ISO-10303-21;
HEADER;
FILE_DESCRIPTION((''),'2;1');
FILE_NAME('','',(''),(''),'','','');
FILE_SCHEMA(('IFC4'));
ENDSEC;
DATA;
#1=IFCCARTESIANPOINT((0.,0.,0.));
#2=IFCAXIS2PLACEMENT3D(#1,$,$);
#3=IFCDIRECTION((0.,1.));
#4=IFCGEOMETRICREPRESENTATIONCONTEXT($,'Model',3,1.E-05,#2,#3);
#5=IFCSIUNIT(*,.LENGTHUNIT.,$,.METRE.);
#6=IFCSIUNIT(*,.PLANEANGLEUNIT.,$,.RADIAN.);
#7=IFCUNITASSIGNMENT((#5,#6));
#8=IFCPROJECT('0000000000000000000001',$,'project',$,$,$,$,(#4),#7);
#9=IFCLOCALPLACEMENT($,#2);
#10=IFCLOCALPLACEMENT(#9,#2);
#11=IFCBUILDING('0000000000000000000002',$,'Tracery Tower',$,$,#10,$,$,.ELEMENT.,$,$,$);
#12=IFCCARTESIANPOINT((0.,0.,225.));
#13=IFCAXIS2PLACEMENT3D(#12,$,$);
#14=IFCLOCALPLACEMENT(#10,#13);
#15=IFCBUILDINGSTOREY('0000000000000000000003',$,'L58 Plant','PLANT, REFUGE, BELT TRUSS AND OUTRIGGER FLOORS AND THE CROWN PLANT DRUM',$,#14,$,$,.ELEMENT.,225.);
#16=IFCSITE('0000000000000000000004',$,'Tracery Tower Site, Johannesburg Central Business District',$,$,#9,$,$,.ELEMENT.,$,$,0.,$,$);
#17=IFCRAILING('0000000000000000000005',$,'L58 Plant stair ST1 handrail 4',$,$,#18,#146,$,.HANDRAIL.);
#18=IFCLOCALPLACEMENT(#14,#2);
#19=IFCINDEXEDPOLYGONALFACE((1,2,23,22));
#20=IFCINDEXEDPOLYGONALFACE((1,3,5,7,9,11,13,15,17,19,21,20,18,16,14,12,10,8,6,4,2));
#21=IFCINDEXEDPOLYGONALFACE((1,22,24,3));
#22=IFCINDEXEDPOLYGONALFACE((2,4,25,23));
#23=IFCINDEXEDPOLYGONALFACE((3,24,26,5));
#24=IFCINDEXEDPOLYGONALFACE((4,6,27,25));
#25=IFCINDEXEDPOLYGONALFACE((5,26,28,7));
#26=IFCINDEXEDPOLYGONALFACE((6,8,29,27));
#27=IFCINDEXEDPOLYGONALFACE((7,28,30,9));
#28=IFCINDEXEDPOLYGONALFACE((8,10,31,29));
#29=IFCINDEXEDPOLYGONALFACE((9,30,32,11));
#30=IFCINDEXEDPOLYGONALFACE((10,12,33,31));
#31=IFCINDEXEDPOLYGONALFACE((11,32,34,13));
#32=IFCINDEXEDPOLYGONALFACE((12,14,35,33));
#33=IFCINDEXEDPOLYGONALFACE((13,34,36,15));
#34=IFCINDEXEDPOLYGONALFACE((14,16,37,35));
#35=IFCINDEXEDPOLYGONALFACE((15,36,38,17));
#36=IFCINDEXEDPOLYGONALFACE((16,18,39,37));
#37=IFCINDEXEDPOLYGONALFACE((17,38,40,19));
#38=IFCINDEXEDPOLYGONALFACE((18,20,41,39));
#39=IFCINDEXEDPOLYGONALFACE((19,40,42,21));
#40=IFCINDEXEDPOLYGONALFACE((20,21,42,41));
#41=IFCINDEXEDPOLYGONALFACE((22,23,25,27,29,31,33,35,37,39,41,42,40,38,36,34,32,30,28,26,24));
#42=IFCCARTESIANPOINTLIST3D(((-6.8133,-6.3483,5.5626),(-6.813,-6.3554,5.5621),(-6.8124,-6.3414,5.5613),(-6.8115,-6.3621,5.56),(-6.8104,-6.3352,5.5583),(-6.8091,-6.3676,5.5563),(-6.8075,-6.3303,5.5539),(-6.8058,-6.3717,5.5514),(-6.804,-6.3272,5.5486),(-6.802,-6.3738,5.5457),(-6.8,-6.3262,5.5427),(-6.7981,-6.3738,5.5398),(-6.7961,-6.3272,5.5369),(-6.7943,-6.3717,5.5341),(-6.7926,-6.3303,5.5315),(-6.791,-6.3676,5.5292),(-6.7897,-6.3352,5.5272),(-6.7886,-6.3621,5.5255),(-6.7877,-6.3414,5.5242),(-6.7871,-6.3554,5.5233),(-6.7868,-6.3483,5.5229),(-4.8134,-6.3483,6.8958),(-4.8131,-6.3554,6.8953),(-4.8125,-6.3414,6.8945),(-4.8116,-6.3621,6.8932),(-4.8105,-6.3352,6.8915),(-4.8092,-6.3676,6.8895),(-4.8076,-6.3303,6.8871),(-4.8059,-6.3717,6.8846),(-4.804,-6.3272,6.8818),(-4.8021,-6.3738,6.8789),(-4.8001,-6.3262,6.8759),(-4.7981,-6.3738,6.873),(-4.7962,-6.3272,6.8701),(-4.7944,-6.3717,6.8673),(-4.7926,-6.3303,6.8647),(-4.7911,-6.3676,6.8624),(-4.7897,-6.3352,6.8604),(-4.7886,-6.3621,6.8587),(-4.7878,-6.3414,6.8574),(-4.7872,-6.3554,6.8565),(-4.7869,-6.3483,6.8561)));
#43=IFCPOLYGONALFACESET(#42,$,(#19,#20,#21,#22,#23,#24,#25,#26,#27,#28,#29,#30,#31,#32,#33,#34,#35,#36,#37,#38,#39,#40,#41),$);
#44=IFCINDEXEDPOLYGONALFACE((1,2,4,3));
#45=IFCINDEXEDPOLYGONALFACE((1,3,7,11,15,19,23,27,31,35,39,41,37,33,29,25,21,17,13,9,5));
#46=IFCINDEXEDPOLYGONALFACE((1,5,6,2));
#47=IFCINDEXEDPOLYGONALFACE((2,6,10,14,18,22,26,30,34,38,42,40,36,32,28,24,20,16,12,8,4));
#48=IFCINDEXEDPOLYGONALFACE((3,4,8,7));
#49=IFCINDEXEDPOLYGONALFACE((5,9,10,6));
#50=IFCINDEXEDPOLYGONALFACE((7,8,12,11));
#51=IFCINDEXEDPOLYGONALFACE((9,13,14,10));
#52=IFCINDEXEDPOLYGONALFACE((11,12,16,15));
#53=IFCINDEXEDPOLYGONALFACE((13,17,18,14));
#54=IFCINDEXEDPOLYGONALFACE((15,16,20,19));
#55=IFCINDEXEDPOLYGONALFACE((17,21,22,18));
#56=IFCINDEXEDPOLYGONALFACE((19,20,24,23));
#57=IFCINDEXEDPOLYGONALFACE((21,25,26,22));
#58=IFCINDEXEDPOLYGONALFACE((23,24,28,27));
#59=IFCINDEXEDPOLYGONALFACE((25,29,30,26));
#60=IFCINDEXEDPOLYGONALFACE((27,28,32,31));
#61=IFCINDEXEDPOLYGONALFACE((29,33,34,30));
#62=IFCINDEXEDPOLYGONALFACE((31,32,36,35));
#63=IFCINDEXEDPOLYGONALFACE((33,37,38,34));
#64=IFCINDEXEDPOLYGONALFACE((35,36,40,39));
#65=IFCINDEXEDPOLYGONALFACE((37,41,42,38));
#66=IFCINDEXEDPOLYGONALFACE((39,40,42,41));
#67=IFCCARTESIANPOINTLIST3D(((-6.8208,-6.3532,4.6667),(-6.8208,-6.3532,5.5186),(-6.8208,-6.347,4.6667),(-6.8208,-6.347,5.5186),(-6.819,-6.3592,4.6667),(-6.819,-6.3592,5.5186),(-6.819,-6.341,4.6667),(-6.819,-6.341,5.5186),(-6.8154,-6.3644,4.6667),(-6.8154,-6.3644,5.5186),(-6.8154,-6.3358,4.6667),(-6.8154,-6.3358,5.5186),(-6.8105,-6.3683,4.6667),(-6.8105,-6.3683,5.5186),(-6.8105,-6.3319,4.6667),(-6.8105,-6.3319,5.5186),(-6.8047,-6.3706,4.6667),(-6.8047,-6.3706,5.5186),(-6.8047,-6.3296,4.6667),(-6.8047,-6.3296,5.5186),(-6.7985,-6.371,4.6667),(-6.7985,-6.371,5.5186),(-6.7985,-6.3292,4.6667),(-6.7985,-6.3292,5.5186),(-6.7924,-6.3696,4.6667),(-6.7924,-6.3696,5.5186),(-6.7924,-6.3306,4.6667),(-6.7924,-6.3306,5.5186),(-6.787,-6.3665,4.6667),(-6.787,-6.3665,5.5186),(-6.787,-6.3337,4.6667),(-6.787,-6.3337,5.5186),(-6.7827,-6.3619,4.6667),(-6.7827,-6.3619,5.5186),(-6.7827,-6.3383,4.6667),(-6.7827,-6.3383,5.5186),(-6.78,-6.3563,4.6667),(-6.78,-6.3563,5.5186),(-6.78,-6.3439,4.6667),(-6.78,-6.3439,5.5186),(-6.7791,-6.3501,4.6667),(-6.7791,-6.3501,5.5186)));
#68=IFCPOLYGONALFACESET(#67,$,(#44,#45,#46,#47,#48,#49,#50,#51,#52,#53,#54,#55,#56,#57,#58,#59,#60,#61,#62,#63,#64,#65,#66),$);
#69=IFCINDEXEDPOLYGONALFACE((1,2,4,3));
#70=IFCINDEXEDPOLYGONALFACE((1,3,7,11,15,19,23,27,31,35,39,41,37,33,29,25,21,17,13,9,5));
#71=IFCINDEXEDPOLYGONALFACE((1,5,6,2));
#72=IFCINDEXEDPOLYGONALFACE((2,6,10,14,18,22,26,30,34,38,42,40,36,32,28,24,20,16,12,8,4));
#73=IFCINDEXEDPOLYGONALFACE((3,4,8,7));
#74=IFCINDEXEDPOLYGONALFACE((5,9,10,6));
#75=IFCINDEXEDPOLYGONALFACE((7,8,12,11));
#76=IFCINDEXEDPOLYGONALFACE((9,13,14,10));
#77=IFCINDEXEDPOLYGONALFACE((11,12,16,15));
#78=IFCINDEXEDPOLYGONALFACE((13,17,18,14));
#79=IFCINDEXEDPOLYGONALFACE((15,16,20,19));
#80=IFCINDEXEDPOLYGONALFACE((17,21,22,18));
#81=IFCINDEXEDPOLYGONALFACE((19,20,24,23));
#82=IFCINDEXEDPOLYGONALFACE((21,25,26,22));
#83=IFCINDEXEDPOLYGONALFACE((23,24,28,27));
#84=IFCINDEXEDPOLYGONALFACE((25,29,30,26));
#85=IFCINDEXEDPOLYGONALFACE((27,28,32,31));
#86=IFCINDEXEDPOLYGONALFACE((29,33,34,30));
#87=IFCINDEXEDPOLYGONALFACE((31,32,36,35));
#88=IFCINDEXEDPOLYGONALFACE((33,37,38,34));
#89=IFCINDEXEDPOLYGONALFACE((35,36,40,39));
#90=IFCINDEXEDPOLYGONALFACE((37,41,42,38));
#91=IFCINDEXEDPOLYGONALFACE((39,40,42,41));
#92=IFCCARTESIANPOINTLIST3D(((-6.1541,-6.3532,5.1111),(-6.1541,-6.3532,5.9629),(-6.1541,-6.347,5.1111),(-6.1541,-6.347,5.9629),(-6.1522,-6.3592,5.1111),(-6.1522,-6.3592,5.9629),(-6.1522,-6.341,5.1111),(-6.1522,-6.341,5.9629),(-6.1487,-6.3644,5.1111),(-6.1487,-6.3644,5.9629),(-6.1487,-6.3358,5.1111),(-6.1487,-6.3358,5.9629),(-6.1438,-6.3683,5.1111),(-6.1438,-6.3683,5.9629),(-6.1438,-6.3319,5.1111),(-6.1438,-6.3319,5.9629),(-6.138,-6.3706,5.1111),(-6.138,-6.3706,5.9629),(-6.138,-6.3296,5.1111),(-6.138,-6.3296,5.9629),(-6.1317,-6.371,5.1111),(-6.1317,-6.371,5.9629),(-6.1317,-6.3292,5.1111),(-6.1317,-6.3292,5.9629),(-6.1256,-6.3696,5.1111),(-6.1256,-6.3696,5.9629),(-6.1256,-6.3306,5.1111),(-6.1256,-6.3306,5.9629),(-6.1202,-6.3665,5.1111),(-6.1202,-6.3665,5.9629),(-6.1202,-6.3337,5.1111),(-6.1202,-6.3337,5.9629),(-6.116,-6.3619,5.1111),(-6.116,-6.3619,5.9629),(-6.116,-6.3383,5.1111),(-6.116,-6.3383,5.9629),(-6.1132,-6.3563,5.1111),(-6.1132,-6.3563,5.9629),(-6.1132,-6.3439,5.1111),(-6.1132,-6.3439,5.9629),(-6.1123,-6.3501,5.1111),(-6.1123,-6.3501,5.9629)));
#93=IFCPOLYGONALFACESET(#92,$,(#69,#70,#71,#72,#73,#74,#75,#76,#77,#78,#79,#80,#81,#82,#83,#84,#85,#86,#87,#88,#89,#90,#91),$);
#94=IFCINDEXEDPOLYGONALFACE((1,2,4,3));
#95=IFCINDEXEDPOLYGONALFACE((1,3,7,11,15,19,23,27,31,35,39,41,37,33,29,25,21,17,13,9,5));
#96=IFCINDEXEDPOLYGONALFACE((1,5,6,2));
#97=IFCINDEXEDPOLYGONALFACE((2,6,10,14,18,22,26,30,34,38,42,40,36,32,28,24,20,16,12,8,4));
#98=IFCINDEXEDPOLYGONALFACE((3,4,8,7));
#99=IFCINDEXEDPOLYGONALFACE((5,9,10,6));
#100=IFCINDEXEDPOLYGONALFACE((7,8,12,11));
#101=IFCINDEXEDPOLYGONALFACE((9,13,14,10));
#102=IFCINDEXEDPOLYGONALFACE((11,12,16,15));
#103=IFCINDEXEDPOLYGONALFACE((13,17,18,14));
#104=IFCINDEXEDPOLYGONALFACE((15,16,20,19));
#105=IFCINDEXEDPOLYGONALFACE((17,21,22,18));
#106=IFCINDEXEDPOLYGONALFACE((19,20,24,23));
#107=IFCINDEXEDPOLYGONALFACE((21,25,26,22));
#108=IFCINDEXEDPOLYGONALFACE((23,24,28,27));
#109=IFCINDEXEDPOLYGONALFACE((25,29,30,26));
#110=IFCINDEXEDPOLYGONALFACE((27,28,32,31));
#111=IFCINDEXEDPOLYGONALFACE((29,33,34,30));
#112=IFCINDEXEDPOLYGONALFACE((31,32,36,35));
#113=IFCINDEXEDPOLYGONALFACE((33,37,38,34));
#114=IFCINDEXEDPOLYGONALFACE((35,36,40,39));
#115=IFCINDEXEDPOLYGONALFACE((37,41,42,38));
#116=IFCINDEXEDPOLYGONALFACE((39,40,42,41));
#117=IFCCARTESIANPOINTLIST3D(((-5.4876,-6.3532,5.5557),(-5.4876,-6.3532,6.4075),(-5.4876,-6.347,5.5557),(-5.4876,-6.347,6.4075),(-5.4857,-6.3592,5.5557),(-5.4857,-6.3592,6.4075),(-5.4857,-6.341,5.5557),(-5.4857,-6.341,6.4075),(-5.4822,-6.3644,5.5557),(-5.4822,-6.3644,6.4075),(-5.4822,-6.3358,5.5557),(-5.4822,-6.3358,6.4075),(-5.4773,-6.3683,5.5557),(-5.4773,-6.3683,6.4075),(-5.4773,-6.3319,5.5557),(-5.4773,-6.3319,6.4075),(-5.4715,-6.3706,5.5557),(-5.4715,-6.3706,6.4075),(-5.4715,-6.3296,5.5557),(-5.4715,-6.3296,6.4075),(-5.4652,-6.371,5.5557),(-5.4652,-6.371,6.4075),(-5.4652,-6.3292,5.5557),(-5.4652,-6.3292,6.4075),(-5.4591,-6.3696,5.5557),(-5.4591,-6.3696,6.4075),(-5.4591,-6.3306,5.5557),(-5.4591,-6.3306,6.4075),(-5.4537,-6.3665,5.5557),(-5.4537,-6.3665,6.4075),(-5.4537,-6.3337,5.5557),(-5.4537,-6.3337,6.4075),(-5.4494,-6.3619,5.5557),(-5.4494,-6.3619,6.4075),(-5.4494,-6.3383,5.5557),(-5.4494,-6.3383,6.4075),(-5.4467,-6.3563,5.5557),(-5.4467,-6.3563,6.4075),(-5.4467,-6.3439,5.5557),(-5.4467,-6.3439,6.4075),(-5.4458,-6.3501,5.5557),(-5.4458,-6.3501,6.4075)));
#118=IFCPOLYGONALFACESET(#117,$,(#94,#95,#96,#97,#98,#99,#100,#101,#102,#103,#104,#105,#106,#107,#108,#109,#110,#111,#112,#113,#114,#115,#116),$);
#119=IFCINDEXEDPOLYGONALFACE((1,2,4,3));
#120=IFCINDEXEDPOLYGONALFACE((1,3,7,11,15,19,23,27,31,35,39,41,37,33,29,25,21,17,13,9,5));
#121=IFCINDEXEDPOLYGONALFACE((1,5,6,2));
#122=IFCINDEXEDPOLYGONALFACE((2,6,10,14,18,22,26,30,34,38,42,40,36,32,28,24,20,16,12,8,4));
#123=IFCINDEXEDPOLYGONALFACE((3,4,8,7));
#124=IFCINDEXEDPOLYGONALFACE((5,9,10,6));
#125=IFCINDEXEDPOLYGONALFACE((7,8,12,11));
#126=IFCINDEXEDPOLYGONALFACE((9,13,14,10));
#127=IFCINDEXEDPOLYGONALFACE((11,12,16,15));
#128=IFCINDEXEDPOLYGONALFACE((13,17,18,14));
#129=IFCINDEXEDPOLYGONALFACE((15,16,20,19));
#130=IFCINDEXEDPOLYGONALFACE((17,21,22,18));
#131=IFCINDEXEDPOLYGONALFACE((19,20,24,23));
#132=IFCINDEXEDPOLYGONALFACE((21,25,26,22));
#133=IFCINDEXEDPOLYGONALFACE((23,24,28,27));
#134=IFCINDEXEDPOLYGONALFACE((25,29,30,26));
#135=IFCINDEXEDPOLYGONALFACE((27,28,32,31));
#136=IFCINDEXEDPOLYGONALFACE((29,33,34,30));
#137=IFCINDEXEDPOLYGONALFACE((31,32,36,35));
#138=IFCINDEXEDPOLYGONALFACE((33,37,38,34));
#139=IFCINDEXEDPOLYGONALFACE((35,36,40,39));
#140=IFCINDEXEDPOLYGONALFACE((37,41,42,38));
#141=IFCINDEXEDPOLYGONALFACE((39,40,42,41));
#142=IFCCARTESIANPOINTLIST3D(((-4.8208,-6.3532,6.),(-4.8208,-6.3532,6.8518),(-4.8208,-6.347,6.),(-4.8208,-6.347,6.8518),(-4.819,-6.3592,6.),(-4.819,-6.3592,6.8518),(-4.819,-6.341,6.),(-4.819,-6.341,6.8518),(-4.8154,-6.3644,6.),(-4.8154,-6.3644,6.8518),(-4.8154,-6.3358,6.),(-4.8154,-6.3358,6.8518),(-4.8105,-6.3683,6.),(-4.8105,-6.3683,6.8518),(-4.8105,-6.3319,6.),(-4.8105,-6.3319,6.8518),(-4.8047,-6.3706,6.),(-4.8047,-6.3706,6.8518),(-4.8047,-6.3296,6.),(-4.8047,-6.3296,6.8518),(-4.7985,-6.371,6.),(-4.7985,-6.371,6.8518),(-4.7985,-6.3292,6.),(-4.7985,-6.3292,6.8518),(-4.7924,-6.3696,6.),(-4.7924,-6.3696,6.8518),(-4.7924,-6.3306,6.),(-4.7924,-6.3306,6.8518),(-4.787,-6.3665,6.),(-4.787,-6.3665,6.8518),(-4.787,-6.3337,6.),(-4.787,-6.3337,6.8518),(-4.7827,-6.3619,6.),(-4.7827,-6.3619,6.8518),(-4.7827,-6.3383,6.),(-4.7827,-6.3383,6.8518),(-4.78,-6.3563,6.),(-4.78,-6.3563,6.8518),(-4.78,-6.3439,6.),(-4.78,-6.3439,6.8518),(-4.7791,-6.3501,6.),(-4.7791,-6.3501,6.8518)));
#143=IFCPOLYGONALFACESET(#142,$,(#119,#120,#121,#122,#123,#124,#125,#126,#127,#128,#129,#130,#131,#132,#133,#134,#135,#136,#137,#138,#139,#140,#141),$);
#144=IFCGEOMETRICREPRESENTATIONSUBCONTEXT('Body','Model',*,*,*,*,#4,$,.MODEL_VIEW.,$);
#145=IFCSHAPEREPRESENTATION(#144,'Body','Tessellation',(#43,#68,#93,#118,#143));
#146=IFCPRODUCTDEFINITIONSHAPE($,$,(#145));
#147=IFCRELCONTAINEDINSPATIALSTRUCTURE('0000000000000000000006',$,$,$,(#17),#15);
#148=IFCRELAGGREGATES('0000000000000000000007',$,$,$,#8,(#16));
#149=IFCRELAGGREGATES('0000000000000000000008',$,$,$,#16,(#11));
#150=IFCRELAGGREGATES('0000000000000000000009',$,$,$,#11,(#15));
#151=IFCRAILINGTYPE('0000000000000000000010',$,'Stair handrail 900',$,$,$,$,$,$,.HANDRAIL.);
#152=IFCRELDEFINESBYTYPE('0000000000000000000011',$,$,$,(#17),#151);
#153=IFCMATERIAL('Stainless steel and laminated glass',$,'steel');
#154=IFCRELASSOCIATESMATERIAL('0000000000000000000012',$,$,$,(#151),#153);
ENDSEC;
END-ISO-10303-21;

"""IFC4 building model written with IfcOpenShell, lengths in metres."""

from ifc_helpers import new_model, si_unit, direction, frame, origin, origin_2d, place, context, subcontext, project, spatial, circle, extrude, material, type_object, element, save


model = new_model("IFC4")

# Units and contexts
model_context = context("Model", 3, precision=1e-05, world=origin(), true_north=direction((0.0, 1.0)))
body_context = subcontext(model_context, "Body", "Model", "MODEL_VIEW")
ifc_project = project(units=[si_unit("LENGTHUNIT", "METRE"), si_unit("PLANEANGLEUNIT", "RADIAN")], contexts=[model_context])

# Site, building, storey
site_placement = place(None, origin())
site = spatial("IfcSite", under=ifc_project, at=site_placement, Name="Tracery Tower Site, Johannesburg Central Business District", CompositionType="ELEMENT", RefElevation=0.0)
building_placement = place(site_placement, origin())
building = spatial("IfcBuilding", under=site, at=building_placement, Name="Tracery Tower", CompositionType="ELEMENT")
storey_placement = place(building_placement, frame((0.0, 0.0, 225.0)))
storey = spatial("IfcBuildingStorey", under=building, at=storey_placement, Name="L58 Plant", Description="PLANT, REFUGE, BELT TRUSS AND OUTRIGGER FLOORS AND THE CROWN PLANT DRUM", CompositionType="ELEMENT", Elevation=225.0)

# Railing
ifc_material_1 = material(Name="Stainless steel and laminated glass", Category="steel")
railing_type_1 = type_object("IfcRailingType", Name="Stair handrail 900", PredefinedType="HANDRAIL", material=ifc_material_1)
railing_1_placement = place(storey_placement, frame((-6.8, -6.3501, 4.6667)))
element("IfcRailing", 1, at=railing_1_placement, inside=storey, type_object=railing_type_1, Name="L58 Plant stair ST1 handrail 4", PredefinedType="HANDRAIL", context=body_context, shape_type="SweptSolid", body=[
    extrude(circle(Radius=0.0239, at=origin_2d()), frame((0.0, 0.0, 0.876), z_axis=(0.832066, 0.0, 0.554677), x_axis=(0.0, 1.0, 0.0)), (0.0, 0.0, 1.0), 2.4036),
    extrude(circle(Radius=0.021, at=origin_2d()), origin(), (0.0, 0.0, 1.0), 0.8518),
    extrude(circle(Radius=0.021, at=origin_2d()), frame((0.6667, 0.0, 0.4443)), (0.0, 0.0, 1.0), 0.8518),
    extrude(circle(Radius=0.021, at=origin_2d()), frame((1.3333, 0.0, 0.8889)), (0.0, 0.0, 1.0), 0.8518),
    extrude(circle(Radius=0.021, at=origin_2d()), frame((2.0, 0.0, 1.3333)), (0.0, 0.0, 1.0), 0.8518),
])

save(model, "model.ifc")
